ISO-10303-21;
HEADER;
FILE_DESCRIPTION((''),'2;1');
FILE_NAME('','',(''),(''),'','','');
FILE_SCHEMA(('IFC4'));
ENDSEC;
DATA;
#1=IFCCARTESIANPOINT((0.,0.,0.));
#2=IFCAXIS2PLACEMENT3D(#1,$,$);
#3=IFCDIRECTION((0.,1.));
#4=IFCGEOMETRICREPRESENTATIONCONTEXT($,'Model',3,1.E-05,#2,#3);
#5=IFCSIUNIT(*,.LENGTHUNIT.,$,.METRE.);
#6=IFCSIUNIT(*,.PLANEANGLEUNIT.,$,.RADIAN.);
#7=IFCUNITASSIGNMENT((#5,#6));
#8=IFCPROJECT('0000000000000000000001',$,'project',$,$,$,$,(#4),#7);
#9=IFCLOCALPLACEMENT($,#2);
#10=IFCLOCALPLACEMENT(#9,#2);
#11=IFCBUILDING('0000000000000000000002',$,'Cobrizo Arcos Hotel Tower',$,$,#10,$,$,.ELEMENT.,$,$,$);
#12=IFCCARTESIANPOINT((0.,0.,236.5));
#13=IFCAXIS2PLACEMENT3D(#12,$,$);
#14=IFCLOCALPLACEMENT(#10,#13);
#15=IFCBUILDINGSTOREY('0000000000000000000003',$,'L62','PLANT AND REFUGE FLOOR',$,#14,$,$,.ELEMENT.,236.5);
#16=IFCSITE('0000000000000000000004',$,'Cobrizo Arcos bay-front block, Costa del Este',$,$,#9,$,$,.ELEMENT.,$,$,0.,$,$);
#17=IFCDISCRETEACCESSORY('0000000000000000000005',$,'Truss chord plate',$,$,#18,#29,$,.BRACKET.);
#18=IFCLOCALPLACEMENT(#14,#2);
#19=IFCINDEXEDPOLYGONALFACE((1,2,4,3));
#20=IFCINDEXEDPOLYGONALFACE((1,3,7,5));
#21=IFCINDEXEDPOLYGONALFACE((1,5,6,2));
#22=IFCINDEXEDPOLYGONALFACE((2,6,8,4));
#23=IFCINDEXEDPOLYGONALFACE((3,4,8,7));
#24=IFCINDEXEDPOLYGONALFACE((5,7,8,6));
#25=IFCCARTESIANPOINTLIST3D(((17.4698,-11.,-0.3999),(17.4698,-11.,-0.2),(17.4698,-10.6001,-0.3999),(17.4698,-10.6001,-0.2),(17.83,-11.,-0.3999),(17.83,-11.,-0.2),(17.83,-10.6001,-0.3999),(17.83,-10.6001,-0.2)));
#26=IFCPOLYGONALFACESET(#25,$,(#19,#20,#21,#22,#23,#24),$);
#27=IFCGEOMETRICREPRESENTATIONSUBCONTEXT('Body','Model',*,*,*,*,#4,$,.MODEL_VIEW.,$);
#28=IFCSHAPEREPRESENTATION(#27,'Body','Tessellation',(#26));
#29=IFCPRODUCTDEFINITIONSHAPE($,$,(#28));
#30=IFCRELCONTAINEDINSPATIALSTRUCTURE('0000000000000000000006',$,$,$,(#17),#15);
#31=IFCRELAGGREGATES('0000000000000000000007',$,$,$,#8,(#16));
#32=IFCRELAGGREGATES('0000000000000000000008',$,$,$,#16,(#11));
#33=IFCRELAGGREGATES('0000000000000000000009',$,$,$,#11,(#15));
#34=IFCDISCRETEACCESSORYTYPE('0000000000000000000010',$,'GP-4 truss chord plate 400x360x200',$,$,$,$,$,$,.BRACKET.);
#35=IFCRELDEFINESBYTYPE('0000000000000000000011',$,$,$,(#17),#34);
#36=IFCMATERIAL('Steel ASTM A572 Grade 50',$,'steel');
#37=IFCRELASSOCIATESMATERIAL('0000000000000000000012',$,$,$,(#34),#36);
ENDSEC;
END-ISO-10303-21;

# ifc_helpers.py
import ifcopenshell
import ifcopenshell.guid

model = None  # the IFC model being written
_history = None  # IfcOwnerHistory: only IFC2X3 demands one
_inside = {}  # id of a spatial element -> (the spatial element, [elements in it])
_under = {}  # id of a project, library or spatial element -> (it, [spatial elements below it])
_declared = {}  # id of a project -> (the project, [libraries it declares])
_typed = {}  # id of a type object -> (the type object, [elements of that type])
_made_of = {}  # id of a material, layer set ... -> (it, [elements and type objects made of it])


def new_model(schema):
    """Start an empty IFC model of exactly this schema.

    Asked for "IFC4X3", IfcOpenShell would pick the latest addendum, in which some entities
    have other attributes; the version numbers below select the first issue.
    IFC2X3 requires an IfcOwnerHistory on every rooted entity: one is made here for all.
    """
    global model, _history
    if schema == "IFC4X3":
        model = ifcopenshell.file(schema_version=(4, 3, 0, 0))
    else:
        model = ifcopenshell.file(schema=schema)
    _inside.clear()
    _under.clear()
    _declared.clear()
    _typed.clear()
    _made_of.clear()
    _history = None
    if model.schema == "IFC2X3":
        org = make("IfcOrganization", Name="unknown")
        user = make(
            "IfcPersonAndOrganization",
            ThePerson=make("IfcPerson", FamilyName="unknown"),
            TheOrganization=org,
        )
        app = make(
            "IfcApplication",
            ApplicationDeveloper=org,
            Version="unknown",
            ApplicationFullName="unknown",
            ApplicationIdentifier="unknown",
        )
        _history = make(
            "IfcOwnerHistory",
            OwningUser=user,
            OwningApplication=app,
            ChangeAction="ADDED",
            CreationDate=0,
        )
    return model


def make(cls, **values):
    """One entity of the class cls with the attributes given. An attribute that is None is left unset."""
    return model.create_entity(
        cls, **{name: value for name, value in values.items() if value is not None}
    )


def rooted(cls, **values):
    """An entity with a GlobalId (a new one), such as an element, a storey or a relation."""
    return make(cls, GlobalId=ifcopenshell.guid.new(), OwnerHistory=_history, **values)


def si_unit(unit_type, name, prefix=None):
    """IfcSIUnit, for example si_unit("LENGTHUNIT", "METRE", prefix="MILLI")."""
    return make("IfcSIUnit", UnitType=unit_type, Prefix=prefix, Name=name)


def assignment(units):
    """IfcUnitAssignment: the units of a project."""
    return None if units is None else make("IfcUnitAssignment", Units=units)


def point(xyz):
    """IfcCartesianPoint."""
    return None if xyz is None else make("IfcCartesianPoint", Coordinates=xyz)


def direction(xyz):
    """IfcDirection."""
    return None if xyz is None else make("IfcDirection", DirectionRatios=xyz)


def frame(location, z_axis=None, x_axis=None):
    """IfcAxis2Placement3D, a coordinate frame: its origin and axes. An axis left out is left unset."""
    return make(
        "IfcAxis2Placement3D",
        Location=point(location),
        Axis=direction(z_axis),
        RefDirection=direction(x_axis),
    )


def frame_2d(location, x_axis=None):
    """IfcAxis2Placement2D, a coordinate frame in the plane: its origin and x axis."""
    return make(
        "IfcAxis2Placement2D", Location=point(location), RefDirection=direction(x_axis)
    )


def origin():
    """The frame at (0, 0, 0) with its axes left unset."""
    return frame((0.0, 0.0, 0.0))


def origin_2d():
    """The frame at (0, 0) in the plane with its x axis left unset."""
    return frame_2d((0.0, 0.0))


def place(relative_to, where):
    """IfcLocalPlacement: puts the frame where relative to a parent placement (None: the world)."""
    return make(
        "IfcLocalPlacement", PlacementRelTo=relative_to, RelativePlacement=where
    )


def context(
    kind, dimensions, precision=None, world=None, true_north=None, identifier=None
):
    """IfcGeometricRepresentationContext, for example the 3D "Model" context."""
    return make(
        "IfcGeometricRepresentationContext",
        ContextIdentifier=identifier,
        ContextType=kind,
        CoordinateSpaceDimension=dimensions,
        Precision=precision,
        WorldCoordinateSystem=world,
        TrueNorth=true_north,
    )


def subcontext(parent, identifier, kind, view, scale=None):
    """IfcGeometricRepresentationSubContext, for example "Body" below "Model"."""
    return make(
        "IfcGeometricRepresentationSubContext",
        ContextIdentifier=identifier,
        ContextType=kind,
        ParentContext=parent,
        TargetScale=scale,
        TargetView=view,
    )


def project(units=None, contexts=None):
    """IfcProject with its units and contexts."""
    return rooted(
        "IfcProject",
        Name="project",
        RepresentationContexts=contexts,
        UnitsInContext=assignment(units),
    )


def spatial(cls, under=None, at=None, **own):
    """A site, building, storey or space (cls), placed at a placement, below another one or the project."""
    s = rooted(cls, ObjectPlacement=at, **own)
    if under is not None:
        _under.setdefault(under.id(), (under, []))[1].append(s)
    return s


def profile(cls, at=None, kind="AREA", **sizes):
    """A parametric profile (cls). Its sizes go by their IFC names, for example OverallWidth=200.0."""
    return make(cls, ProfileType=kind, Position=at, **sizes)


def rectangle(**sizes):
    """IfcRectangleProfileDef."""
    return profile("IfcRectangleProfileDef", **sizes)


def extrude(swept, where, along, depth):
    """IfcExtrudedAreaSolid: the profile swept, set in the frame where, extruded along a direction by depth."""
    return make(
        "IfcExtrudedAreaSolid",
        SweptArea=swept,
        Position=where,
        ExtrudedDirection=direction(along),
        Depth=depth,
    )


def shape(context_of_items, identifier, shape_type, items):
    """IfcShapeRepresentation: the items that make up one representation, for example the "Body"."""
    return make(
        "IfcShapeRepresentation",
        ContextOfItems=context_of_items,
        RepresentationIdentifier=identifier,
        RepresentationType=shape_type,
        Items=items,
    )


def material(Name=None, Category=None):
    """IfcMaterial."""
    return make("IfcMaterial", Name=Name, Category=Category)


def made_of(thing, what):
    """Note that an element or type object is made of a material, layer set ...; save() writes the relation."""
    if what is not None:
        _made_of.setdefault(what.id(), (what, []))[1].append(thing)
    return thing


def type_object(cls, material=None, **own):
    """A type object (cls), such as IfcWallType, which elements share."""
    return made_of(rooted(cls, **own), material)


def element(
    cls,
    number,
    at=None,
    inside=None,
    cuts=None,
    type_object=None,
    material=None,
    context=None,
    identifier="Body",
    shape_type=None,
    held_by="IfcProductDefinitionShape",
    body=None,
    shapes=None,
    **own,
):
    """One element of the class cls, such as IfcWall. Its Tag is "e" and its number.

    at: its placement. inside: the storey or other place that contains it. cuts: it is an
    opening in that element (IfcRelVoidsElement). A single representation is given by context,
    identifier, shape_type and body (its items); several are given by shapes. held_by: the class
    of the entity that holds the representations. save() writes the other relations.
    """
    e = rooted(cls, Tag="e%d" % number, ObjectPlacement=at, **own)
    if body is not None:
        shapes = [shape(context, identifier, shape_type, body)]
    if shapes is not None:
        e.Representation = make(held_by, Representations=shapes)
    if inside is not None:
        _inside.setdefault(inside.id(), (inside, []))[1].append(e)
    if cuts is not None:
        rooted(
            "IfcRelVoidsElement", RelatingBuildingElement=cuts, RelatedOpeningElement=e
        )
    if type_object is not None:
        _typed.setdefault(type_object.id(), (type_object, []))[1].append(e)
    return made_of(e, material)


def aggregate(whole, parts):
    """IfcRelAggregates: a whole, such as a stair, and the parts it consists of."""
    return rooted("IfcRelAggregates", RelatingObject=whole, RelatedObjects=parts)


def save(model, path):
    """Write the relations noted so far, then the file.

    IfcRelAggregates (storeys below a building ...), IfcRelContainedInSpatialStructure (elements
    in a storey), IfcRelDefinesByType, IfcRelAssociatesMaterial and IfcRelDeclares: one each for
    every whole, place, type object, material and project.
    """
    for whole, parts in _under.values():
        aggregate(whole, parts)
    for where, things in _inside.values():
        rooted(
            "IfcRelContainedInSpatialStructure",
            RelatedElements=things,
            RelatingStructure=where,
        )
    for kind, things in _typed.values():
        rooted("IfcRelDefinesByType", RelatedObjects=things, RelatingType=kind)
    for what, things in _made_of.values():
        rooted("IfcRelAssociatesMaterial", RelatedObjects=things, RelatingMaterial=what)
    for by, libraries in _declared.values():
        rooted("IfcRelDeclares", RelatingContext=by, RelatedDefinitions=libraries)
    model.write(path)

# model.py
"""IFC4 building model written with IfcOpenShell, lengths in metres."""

from ifc_helpers import new_model, si_unit, direction, frame, origin, origin_2d, place, context, subcontext, project, spatial, rectangle, extrude, material, type_object, element, save


model = new_model("IFC4")

# Units and contexts
model_context = context("Model", 3, precision=1e-05, world=origin(), true_north=direction((0.0, 1.0)))
body_context = subcontext(model_context, "Body", "Model", "MODEL_VIEW")
ifc_project = project(units=[si_unit("LENGTHUNIT", "METRE"), si_unit("PLANEANGLEUNIT", "RADIAN")], contexts=[model_context])

# Site, building, storey
site_placement = place(None, origin())
site = spatial("IfcSite", under=ifc_project, at=site_placement, Name="Cobrizo Arcos bay-front block, Costa del Este", CompositionType="ELEMENT", RefElevation=0.0)
building_placement = place(site_placement, origin())
building = spatial("IfcBuilding", under=site, at=building_placement, Name="Cobrizo Arcos Hotel Tower", CompositionType="ELEMENT")
storey_placement = place(building_placement, frame((0.0, 0.0, 236.5)))
storey = spatial("IfcBuildingStorey", under=building, at=storey_placement, Name="L62", Description="PLANT AND REFUGE FLOOR", CompositionType="ELEMENT", Elevation=236.5)

# Shared definitions
ifc_material_1 = material(Name="Steel ASTM A572 Grade 50", Category="steel")

# Discrete accessory
discrete_accessory_type_1 = type_object("IfcDiscreteAccessoryType", Name="GP-4 truss chord plate 400x360x200", PredefinedType="BRACKET", material=ifc_material_1)
for number, where, z_axis, x_axis, name in (
    (1, (17.6499, -10.8, -0.3999), (0.0, 0.0, 1.0), (0.0, -1.0, 0.0), "Truss chord plate"),
):
    element("IfcDiscreteAccessory", number, at=place(storey_placement, frame(where, z_axis=z_axis, x_axis=x_axis)), inside=storey, type_object=discrete_accessory_type_1, Name=name, PredefinedType="BRACKET", context=body_context, shape_type="SweptSolid", body=[
        extrude(rectangle(XDim=0.3999, YDim=0.3601, at=origin_2d()), origin(), (0.0, 0.0, 1.0), 0.2),
    ])

save(model, "model.ifc")
